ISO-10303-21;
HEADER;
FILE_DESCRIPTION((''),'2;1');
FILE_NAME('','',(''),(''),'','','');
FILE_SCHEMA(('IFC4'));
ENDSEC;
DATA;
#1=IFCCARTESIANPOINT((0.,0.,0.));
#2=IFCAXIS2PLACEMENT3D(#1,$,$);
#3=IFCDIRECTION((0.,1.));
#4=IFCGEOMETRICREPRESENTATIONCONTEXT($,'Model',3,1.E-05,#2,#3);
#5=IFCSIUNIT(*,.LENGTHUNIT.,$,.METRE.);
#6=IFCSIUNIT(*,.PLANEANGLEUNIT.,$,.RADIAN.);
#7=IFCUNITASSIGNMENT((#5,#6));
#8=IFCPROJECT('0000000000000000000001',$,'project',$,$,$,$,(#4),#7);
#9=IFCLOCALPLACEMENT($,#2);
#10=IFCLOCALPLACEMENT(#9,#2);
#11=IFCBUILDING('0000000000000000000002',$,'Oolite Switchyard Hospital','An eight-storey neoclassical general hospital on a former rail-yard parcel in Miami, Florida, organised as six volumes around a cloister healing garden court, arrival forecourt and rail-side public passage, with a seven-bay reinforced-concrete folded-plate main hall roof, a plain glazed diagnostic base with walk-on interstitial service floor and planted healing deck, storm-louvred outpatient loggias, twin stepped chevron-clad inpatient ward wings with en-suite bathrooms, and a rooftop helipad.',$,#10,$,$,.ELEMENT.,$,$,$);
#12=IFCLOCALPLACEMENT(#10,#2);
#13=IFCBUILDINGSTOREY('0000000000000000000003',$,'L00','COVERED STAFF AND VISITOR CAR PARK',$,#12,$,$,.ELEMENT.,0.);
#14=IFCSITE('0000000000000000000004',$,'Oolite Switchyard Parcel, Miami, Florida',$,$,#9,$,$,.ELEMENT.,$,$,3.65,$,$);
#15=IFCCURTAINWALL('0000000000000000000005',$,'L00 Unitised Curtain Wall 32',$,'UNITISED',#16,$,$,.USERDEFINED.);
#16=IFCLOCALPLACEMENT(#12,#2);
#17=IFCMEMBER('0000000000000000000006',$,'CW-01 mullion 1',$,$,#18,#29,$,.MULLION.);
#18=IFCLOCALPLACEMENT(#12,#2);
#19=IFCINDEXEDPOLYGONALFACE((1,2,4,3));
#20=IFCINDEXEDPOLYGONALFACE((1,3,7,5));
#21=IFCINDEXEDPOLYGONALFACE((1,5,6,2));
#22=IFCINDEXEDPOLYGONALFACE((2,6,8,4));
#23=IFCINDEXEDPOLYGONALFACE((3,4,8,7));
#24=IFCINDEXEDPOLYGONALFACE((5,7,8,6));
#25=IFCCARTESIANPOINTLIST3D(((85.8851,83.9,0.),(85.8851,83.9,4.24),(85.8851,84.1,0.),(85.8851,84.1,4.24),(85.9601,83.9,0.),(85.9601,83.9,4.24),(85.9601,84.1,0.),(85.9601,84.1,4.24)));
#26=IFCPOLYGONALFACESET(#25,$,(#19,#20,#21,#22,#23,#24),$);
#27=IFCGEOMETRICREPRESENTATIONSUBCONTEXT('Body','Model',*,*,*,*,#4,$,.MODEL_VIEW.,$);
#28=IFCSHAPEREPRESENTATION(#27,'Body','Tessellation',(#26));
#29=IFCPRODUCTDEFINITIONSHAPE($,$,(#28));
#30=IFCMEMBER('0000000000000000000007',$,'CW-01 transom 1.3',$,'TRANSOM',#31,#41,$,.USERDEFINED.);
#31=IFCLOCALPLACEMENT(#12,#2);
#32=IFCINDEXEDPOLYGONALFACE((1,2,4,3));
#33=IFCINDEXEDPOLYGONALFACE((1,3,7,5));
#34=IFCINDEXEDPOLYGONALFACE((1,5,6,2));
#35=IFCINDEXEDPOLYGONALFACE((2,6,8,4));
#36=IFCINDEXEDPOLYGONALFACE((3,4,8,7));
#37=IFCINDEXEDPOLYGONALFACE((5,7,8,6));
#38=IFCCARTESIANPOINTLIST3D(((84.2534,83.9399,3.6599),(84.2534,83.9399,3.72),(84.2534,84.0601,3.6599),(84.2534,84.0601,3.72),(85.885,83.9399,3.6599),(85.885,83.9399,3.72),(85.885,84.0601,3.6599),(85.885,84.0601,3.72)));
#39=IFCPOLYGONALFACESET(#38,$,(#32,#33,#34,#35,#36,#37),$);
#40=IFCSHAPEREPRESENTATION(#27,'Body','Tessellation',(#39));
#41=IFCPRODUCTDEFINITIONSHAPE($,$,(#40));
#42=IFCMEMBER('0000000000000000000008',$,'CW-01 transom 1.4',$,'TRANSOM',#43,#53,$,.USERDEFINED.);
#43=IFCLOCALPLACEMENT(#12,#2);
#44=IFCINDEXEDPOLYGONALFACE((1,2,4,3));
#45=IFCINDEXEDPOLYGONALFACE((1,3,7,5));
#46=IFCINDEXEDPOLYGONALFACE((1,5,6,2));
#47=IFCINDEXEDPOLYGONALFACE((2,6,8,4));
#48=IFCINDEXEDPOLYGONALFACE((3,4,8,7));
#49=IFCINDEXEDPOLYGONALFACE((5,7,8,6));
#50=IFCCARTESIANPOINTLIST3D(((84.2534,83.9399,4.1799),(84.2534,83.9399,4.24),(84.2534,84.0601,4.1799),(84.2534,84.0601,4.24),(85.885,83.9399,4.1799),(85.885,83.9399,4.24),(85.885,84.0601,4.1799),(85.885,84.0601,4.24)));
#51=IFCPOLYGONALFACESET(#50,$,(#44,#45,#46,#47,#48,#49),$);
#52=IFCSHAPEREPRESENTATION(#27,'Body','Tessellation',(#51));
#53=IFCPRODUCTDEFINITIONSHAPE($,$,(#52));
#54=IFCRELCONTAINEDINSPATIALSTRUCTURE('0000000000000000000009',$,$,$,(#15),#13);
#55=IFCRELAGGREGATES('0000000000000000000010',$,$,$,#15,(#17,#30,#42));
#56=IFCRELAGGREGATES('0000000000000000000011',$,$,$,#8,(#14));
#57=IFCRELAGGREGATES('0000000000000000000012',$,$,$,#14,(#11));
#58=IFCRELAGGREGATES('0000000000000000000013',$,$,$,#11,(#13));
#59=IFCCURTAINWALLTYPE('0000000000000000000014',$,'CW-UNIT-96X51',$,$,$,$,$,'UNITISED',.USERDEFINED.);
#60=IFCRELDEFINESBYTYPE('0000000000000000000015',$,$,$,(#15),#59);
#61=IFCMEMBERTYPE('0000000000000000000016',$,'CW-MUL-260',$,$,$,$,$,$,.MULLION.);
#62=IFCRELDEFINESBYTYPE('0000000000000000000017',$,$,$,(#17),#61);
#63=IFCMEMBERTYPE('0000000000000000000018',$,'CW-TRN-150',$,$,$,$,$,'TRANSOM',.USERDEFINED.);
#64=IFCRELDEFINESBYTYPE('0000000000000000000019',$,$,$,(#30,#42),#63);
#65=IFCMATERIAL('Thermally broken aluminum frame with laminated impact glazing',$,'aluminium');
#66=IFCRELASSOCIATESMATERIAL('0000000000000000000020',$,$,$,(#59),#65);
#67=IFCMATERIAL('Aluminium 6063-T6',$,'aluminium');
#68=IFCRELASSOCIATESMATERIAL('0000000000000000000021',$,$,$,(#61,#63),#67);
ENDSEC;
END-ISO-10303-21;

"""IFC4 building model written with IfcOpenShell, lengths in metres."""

from ifc_helpers import new_model, si_unit, direction, frame, origin, origin_2d, place, context, subcontext, project, spatial, rectangle, extrude, material, material_profile, profile_set, type_object, element, aggregate, save


model = new_model("IFC4")

# Units and contexts
model_context = context("Model", 3, precision=1e-05, world=origin(), true_north=direction((0.0, 1.0)))
body_context = subcontext(model_context, "Body", "Model", "MODEL_VIEW")
ifc_project = project(units=[si_unit("LENGTHUNIT", "METRE"), si_unit("PLANEANGLEUNIT", "RADIAN")], contexts=[model_context])

# Site, building, storey
site_placement = place(None, origin())
site = spatial("IfcSite", under=ifc_project, at=site_placement, Name="Oolite Switchyard Parcel, Miami, Florida", CompositionType="ELEMENT", RefElevation=3.65)
building_placement = place(site_placement, origin())
building = spatial("IfcBuilding", under=site, at=building_placement, Name="Oolite Switchyard Hospital", Description="An eight-storey neoclassical general hospital on a former rail-yard parcel in Miami, Florida, organised as six volumes around a cloister healing garden court, arrival forecourt and rail-side public passage, with a seven-bay reinforced-concrete folded-plate main hall roof, a plain glazed diagnostic base with walk-on interstitial service floor and planted healing deck, storm-louvred outpatient loggias, twin stepped chevron-clad inpatient ward wings with en-suite bathrooms, and a rooftop helipad.", CompositionType="ELEMENT")
storey_placement = place(building_placement, origin())
storey = spatial("IfcBuildingStorey", under=building, at=storey_placement, Name="L00", Description="COVERED STAFF AND VISITOR CAR PARK", CompositionType="ELEMENT", Elevation=0.0)

# Curtain wall, members
ifc_material_1 = material(Name="Thermally broken aluminum frame with laminated impact glazing", Category="aluminium")
curtain_wall_type = type_object("IfcCurtainWallType", Name="CW-UNIT-96X51", ElementType="UNITISED", PredefinedType="USERDEFINED", material=ifc_material_1)
curtain_wall_placement = place(storey_placement, origin())
curtain_wall = element("IfcCurtainWall", 1, at=curtain_wall_placement, inside=storey, type_object=curtain_wall_type, Name="L00 Unitised Curtain Wall 32", ObjectType="UNITISED", PredefinedType="USERDEFINED")
ifc_material_2 = material(Name="Aluminium 6063-T6", Category="aluminium")
ifc_material_profile_1 = material_profile(ifc_material_2, rectangle(XDim=0.2, YDim=0.075, at=origin_2d()), Name="CWM75X200")
ifc_profile_set_1 = profile_set([ifc_material_profile_1], Name="Aluminium 6063-T6")
member_type_1 = type_object("IfcMemberType", Name="CW-MUL-260", PredefinedType="MULLION", material=ifc_profile_set_1)
member_1_placement = place(storey_placement, frame((85.9226, 84.0, 0.0), z_axis=(0.0, 0.0, 1.0), x_axis=(0.0, -1.0, 0.0)))
member_1 = element("IfcMember", 2, at=member_1_placement, type_object=member_type_1, Name="CW-01 mullion 1", PredefinedType="MULLION", context=body_context, shape_type="SweptSolid", body=[
    extrude(rectangle(XDim=0.2, YDim=0.075, at=origin_2d()), origin(), (0.0, 0.0, 1.0), 4.24),
])
ifc_material_profile_2 = material_profile(ifc_material_2, rectangle(XDim=0.1201, YDim=0.0601, at=origin_2d()), Name="CWT60X120")
ifc_profile_set_2 = profile_set([ifc_material_profile_2], Name="Aluminium 6063-T6")
member_type_2 = type_object("IfcMemberType", Name="CW-TRN-150", ElementType="TRANSOM", PredefinedType="USERDEFINED", material=ifc_profile_set_2)
member_2_placement = place(storey_placement, frame((85.885, 84.0, 3.6899), z_axis=(-1.0, 0.0, 0.0), x_axis=(0.0, -1.0, 0.0)))
member_2 = element("IfcMember", 3, at=member_2_placement, type_object=member_type_2, Name="CW-01 transom 1.3", ObjectType="TRANSOM", PredefinedType="USERDEFINED", context=body_context, shape_type="SweptSolid", body=[
    extrude(rectangle(XDim=0.1201, YDim=0.0601, at=origin_2d()), origin(), (0.0, 0.0, 1.0), 1.6316),
])
member_3_placement = place(storey_placement, frame((85.885, 84.0, 4.21), z_axis=(-1.0, 0.0, 0.0), x_axis=(0.0, -1.0, 0.0)))
member_3 = element("IfcMember", 4, at=member_3_placement, type_object=member_type_2, Name="CW-01 transom 1.4", ObjectType="TRANSOM", PredefinedType="USERDEFINED", context=body_context, shape_type="SweptSolid", body=[
    extrude(rectangle(XDim=0.1201, YDim=0.0601, at=origin_2d()), origin(), (0.0, 0.0, 1.0), 1.6316),
])
aggregate(curtain_wall, [member_1, member_2, member_3])

save(model, "model.ifc")
